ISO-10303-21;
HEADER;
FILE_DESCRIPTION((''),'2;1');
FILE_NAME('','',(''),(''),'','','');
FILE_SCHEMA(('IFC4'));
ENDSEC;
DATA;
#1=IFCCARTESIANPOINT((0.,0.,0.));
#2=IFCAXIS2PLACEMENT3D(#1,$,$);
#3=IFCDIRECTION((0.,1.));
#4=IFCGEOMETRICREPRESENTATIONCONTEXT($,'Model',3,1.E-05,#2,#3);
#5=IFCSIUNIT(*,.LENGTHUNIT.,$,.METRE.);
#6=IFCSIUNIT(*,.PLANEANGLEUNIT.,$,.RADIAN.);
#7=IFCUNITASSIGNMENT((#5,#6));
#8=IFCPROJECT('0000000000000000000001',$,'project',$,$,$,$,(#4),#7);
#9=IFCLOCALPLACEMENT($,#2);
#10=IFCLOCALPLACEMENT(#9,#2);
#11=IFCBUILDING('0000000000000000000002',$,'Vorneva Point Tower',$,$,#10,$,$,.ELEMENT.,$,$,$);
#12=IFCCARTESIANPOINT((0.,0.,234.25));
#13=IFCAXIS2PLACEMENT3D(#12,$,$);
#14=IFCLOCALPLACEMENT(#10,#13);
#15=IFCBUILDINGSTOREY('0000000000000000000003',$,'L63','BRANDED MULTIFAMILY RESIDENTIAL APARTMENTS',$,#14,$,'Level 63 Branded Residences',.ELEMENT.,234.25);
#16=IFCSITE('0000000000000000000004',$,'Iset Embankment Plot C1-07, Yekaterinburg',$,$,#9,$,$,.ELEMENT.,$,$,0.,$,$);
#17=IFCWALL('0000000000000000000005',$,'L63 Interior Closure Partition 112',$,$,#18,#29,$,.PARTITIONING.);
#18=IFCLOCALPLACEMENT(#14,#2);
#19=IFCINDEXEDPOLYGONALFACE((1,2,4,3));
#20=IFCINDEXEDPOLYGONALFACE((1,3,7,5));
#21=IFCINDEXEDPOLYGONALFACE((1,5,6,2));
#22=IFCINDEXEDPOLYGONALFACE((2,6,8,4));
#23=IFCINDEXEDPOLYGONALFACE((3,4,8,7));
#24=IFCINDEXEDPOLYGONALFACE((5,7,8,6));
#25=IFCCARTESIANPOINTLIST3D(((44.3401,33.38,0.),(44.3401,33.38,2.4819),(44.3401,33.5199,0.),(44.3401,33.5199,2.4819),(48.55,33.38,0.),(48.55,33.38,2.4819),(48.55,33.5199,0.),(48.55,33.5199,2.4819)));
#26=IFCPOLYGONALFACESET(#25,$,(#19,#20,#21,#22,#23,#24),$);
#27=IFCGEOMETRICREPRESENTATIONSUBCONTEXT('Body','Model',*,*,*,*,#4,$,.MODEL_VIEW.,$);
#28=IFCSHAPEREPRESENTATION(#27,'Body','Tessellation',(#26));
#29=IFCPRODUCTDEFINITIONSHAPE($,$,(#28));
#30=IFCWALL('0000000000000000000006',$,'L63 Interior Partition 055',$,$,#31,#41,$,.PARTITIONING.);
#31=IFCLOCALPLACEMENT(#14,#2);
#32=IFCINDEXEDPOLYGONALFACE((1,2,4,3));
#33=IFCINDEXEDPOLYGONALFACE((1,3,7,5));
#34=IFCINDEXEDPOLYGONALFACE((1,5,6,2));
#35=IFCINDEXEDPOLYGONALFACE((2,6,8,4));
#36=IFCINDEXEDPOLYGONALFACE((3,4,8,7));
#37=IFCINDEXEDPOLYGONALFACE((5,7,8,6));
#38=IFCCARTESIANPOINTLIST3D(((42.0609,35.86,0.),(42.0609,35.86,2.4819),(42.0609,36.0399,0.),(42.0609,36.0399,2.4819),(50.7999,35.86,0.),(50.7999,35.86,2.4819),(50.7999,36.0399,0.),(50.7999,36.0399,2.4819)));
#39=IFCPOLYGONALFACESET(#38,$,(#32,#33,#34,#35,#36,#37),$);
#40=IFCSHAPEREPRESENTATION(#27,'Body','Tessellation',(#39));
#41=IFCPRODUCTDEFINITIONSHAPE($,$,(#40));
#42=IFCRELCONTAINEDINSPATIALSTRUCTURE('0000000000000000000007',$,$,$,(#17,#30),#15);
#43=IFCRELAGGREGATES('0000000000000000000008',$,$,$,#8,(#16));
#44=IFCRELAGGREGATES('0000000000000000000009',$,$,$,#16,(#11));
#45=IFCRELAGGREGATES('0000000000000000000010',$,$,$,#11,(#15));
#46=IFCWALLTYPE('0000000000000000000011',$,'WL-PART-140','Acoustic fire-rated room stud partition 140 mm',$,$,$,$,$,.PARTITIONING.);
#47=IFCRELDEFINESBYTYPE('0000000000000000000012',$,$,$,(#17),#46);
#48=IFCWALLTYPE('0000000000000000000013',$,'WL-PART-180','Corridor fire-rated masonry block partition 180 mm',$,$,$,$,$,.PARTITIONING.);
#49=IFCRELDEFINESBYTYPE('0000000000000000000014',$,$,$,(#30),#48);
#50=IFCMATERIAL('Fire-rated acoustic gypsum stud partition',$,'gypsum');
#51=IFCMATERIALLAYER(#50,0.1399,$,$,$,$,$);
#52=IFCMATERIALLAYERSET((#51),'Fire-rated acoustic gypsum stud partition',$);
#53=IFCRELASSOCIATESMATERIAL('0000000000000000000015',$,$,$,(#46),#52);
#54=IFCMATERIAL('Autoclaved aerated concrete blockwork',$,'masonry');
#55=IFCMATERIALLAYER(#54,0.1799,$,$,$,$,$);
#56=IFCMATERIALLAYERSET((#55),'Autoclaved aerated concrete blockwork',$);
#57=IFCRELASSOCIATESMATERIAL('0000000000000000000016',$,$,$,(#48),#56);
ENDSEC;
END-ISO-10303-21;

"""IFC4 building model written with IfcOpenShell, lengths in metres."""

from ifc_helpers import new_model, si_unit, direction, frame, frame_2d, origin, place, context, subcontext, project, spatial, rectangle, extrude, material, layer, layer_set, type_object, element, save


model = new_model("IFC4")

# Units and contexts
model_context = context("Model", 3, precision=1e-05, world=origin(), true_north=direction((0.0, 1.0)))
body_context = subcontext(model_context, "Body", "Model", "MODEL_VIEW")
ifc_project = project(units=[si_unit("LENGTHUNIT", "METRE"), si_unit("PLANEANGLEUNIT", "RADIAN")], contexts=[model_context])

# Site, building, storey
site_placement = place(None, origin())
site = spatial("IfcSite", under=ifc_project, at=site_placement, Name="Iset Embankment Plot C1-07, Yekaterinburg", CompositionType="ELEMENT", RefElevation=0.0)
building_placement = place(site_placement, origin())
building = spatial("IfcBuilding", under=site, at=building_placement, Name="Vorneva Point Tower", CompositionType="ELEMENT")
storey_placement = place(building_placement, frame((0.0, 0.0, 234.25)))
storey = spatial("IfcBuildingStorey", under=building, at=storey_placement, Name="L63", Description="BRANDED MULTIFAMILY RESIDENTIAL APARTMENTS", LongName="Level 63 Branded Residences", CompositionType="ELEMENT", Elevation=234.25)

# Walls
ifc_material_1 = material(Name="Fire-rated acoustic gypsum stud partition", Category="gypsum")
ifc_layer_1 = layer(ifc_material_1, 0.1399)
ifc_layer_set_1 = layer_set([ifc_layer_1], Name="Fire-rated acoustic gypsum stud partition")
wall_type_1 = type_object("IfcWallType", Name="WL-PART-140", Description="Acoustic fire-rated room stud partition 140 mm", PredefinedType="PARTITIONING", material=ifc_layer_set_1)
wall_1_placement = place(storey_placement, frame((48.55, 33.45, 0.0), z_axis=(0.0, 0.0, 1.0), x_axis=(-1.0, 0.0, 0.0)))
element("IfcWall", 1, at=wall_1_placement, inside=storey, type_object=wall_type_1, Name="L63 Interior Closure Partition 112", PredefinedType="PARTITIONING", context=body_context, shape_type="SweptSolid", body=[
    extrude(rectangle(XDim=4.21, YDim=0.1399, at=frame_2d((2.105, 0.0))), origin(), (0.0, 0.0, 1.0), 2.4819),
])
ifc_material_2 = material(Name="Autoclaved aerated concrete blockwork", Category="masonry")
ifc_layer_2 = layer(ifc_material_2, 0.1799)
ifc_layer_set_2 = layer_set([ifc_layer_2], Name="Autoclaved aerated concrete blockwork")
wall_type_2 = type_object("IfcWallType", Name="WL-PART-180", Description="Corridor fire-rated masonry block partition 180 mm", PredefinedType="PARTITIONING", material=ifc_layer_set_2)
wall_2_placement = place(storey_placement, frame((50.8, 35.95, 0.0), z_axis=(0.0, 0.0, 1.0), x_axis=(-1.0, 0.0, 0.0)))
element("IfcWall", 2, at=wall_2_placement, inside=storey, type_object=wall_type_2, Name="L63 Interior Partition 055", PredefinedType="PARTITIONING", context=body_context, shape_type="SweptSolid", body=[
    extrude(rectangle(XDim=8.739, YDim=0.1799, at=frame_2d((4.3696, 0.0))), origin(), (0.0, 0.0, 1.0), 2.4819),
])

save(model, "model.ifc")
